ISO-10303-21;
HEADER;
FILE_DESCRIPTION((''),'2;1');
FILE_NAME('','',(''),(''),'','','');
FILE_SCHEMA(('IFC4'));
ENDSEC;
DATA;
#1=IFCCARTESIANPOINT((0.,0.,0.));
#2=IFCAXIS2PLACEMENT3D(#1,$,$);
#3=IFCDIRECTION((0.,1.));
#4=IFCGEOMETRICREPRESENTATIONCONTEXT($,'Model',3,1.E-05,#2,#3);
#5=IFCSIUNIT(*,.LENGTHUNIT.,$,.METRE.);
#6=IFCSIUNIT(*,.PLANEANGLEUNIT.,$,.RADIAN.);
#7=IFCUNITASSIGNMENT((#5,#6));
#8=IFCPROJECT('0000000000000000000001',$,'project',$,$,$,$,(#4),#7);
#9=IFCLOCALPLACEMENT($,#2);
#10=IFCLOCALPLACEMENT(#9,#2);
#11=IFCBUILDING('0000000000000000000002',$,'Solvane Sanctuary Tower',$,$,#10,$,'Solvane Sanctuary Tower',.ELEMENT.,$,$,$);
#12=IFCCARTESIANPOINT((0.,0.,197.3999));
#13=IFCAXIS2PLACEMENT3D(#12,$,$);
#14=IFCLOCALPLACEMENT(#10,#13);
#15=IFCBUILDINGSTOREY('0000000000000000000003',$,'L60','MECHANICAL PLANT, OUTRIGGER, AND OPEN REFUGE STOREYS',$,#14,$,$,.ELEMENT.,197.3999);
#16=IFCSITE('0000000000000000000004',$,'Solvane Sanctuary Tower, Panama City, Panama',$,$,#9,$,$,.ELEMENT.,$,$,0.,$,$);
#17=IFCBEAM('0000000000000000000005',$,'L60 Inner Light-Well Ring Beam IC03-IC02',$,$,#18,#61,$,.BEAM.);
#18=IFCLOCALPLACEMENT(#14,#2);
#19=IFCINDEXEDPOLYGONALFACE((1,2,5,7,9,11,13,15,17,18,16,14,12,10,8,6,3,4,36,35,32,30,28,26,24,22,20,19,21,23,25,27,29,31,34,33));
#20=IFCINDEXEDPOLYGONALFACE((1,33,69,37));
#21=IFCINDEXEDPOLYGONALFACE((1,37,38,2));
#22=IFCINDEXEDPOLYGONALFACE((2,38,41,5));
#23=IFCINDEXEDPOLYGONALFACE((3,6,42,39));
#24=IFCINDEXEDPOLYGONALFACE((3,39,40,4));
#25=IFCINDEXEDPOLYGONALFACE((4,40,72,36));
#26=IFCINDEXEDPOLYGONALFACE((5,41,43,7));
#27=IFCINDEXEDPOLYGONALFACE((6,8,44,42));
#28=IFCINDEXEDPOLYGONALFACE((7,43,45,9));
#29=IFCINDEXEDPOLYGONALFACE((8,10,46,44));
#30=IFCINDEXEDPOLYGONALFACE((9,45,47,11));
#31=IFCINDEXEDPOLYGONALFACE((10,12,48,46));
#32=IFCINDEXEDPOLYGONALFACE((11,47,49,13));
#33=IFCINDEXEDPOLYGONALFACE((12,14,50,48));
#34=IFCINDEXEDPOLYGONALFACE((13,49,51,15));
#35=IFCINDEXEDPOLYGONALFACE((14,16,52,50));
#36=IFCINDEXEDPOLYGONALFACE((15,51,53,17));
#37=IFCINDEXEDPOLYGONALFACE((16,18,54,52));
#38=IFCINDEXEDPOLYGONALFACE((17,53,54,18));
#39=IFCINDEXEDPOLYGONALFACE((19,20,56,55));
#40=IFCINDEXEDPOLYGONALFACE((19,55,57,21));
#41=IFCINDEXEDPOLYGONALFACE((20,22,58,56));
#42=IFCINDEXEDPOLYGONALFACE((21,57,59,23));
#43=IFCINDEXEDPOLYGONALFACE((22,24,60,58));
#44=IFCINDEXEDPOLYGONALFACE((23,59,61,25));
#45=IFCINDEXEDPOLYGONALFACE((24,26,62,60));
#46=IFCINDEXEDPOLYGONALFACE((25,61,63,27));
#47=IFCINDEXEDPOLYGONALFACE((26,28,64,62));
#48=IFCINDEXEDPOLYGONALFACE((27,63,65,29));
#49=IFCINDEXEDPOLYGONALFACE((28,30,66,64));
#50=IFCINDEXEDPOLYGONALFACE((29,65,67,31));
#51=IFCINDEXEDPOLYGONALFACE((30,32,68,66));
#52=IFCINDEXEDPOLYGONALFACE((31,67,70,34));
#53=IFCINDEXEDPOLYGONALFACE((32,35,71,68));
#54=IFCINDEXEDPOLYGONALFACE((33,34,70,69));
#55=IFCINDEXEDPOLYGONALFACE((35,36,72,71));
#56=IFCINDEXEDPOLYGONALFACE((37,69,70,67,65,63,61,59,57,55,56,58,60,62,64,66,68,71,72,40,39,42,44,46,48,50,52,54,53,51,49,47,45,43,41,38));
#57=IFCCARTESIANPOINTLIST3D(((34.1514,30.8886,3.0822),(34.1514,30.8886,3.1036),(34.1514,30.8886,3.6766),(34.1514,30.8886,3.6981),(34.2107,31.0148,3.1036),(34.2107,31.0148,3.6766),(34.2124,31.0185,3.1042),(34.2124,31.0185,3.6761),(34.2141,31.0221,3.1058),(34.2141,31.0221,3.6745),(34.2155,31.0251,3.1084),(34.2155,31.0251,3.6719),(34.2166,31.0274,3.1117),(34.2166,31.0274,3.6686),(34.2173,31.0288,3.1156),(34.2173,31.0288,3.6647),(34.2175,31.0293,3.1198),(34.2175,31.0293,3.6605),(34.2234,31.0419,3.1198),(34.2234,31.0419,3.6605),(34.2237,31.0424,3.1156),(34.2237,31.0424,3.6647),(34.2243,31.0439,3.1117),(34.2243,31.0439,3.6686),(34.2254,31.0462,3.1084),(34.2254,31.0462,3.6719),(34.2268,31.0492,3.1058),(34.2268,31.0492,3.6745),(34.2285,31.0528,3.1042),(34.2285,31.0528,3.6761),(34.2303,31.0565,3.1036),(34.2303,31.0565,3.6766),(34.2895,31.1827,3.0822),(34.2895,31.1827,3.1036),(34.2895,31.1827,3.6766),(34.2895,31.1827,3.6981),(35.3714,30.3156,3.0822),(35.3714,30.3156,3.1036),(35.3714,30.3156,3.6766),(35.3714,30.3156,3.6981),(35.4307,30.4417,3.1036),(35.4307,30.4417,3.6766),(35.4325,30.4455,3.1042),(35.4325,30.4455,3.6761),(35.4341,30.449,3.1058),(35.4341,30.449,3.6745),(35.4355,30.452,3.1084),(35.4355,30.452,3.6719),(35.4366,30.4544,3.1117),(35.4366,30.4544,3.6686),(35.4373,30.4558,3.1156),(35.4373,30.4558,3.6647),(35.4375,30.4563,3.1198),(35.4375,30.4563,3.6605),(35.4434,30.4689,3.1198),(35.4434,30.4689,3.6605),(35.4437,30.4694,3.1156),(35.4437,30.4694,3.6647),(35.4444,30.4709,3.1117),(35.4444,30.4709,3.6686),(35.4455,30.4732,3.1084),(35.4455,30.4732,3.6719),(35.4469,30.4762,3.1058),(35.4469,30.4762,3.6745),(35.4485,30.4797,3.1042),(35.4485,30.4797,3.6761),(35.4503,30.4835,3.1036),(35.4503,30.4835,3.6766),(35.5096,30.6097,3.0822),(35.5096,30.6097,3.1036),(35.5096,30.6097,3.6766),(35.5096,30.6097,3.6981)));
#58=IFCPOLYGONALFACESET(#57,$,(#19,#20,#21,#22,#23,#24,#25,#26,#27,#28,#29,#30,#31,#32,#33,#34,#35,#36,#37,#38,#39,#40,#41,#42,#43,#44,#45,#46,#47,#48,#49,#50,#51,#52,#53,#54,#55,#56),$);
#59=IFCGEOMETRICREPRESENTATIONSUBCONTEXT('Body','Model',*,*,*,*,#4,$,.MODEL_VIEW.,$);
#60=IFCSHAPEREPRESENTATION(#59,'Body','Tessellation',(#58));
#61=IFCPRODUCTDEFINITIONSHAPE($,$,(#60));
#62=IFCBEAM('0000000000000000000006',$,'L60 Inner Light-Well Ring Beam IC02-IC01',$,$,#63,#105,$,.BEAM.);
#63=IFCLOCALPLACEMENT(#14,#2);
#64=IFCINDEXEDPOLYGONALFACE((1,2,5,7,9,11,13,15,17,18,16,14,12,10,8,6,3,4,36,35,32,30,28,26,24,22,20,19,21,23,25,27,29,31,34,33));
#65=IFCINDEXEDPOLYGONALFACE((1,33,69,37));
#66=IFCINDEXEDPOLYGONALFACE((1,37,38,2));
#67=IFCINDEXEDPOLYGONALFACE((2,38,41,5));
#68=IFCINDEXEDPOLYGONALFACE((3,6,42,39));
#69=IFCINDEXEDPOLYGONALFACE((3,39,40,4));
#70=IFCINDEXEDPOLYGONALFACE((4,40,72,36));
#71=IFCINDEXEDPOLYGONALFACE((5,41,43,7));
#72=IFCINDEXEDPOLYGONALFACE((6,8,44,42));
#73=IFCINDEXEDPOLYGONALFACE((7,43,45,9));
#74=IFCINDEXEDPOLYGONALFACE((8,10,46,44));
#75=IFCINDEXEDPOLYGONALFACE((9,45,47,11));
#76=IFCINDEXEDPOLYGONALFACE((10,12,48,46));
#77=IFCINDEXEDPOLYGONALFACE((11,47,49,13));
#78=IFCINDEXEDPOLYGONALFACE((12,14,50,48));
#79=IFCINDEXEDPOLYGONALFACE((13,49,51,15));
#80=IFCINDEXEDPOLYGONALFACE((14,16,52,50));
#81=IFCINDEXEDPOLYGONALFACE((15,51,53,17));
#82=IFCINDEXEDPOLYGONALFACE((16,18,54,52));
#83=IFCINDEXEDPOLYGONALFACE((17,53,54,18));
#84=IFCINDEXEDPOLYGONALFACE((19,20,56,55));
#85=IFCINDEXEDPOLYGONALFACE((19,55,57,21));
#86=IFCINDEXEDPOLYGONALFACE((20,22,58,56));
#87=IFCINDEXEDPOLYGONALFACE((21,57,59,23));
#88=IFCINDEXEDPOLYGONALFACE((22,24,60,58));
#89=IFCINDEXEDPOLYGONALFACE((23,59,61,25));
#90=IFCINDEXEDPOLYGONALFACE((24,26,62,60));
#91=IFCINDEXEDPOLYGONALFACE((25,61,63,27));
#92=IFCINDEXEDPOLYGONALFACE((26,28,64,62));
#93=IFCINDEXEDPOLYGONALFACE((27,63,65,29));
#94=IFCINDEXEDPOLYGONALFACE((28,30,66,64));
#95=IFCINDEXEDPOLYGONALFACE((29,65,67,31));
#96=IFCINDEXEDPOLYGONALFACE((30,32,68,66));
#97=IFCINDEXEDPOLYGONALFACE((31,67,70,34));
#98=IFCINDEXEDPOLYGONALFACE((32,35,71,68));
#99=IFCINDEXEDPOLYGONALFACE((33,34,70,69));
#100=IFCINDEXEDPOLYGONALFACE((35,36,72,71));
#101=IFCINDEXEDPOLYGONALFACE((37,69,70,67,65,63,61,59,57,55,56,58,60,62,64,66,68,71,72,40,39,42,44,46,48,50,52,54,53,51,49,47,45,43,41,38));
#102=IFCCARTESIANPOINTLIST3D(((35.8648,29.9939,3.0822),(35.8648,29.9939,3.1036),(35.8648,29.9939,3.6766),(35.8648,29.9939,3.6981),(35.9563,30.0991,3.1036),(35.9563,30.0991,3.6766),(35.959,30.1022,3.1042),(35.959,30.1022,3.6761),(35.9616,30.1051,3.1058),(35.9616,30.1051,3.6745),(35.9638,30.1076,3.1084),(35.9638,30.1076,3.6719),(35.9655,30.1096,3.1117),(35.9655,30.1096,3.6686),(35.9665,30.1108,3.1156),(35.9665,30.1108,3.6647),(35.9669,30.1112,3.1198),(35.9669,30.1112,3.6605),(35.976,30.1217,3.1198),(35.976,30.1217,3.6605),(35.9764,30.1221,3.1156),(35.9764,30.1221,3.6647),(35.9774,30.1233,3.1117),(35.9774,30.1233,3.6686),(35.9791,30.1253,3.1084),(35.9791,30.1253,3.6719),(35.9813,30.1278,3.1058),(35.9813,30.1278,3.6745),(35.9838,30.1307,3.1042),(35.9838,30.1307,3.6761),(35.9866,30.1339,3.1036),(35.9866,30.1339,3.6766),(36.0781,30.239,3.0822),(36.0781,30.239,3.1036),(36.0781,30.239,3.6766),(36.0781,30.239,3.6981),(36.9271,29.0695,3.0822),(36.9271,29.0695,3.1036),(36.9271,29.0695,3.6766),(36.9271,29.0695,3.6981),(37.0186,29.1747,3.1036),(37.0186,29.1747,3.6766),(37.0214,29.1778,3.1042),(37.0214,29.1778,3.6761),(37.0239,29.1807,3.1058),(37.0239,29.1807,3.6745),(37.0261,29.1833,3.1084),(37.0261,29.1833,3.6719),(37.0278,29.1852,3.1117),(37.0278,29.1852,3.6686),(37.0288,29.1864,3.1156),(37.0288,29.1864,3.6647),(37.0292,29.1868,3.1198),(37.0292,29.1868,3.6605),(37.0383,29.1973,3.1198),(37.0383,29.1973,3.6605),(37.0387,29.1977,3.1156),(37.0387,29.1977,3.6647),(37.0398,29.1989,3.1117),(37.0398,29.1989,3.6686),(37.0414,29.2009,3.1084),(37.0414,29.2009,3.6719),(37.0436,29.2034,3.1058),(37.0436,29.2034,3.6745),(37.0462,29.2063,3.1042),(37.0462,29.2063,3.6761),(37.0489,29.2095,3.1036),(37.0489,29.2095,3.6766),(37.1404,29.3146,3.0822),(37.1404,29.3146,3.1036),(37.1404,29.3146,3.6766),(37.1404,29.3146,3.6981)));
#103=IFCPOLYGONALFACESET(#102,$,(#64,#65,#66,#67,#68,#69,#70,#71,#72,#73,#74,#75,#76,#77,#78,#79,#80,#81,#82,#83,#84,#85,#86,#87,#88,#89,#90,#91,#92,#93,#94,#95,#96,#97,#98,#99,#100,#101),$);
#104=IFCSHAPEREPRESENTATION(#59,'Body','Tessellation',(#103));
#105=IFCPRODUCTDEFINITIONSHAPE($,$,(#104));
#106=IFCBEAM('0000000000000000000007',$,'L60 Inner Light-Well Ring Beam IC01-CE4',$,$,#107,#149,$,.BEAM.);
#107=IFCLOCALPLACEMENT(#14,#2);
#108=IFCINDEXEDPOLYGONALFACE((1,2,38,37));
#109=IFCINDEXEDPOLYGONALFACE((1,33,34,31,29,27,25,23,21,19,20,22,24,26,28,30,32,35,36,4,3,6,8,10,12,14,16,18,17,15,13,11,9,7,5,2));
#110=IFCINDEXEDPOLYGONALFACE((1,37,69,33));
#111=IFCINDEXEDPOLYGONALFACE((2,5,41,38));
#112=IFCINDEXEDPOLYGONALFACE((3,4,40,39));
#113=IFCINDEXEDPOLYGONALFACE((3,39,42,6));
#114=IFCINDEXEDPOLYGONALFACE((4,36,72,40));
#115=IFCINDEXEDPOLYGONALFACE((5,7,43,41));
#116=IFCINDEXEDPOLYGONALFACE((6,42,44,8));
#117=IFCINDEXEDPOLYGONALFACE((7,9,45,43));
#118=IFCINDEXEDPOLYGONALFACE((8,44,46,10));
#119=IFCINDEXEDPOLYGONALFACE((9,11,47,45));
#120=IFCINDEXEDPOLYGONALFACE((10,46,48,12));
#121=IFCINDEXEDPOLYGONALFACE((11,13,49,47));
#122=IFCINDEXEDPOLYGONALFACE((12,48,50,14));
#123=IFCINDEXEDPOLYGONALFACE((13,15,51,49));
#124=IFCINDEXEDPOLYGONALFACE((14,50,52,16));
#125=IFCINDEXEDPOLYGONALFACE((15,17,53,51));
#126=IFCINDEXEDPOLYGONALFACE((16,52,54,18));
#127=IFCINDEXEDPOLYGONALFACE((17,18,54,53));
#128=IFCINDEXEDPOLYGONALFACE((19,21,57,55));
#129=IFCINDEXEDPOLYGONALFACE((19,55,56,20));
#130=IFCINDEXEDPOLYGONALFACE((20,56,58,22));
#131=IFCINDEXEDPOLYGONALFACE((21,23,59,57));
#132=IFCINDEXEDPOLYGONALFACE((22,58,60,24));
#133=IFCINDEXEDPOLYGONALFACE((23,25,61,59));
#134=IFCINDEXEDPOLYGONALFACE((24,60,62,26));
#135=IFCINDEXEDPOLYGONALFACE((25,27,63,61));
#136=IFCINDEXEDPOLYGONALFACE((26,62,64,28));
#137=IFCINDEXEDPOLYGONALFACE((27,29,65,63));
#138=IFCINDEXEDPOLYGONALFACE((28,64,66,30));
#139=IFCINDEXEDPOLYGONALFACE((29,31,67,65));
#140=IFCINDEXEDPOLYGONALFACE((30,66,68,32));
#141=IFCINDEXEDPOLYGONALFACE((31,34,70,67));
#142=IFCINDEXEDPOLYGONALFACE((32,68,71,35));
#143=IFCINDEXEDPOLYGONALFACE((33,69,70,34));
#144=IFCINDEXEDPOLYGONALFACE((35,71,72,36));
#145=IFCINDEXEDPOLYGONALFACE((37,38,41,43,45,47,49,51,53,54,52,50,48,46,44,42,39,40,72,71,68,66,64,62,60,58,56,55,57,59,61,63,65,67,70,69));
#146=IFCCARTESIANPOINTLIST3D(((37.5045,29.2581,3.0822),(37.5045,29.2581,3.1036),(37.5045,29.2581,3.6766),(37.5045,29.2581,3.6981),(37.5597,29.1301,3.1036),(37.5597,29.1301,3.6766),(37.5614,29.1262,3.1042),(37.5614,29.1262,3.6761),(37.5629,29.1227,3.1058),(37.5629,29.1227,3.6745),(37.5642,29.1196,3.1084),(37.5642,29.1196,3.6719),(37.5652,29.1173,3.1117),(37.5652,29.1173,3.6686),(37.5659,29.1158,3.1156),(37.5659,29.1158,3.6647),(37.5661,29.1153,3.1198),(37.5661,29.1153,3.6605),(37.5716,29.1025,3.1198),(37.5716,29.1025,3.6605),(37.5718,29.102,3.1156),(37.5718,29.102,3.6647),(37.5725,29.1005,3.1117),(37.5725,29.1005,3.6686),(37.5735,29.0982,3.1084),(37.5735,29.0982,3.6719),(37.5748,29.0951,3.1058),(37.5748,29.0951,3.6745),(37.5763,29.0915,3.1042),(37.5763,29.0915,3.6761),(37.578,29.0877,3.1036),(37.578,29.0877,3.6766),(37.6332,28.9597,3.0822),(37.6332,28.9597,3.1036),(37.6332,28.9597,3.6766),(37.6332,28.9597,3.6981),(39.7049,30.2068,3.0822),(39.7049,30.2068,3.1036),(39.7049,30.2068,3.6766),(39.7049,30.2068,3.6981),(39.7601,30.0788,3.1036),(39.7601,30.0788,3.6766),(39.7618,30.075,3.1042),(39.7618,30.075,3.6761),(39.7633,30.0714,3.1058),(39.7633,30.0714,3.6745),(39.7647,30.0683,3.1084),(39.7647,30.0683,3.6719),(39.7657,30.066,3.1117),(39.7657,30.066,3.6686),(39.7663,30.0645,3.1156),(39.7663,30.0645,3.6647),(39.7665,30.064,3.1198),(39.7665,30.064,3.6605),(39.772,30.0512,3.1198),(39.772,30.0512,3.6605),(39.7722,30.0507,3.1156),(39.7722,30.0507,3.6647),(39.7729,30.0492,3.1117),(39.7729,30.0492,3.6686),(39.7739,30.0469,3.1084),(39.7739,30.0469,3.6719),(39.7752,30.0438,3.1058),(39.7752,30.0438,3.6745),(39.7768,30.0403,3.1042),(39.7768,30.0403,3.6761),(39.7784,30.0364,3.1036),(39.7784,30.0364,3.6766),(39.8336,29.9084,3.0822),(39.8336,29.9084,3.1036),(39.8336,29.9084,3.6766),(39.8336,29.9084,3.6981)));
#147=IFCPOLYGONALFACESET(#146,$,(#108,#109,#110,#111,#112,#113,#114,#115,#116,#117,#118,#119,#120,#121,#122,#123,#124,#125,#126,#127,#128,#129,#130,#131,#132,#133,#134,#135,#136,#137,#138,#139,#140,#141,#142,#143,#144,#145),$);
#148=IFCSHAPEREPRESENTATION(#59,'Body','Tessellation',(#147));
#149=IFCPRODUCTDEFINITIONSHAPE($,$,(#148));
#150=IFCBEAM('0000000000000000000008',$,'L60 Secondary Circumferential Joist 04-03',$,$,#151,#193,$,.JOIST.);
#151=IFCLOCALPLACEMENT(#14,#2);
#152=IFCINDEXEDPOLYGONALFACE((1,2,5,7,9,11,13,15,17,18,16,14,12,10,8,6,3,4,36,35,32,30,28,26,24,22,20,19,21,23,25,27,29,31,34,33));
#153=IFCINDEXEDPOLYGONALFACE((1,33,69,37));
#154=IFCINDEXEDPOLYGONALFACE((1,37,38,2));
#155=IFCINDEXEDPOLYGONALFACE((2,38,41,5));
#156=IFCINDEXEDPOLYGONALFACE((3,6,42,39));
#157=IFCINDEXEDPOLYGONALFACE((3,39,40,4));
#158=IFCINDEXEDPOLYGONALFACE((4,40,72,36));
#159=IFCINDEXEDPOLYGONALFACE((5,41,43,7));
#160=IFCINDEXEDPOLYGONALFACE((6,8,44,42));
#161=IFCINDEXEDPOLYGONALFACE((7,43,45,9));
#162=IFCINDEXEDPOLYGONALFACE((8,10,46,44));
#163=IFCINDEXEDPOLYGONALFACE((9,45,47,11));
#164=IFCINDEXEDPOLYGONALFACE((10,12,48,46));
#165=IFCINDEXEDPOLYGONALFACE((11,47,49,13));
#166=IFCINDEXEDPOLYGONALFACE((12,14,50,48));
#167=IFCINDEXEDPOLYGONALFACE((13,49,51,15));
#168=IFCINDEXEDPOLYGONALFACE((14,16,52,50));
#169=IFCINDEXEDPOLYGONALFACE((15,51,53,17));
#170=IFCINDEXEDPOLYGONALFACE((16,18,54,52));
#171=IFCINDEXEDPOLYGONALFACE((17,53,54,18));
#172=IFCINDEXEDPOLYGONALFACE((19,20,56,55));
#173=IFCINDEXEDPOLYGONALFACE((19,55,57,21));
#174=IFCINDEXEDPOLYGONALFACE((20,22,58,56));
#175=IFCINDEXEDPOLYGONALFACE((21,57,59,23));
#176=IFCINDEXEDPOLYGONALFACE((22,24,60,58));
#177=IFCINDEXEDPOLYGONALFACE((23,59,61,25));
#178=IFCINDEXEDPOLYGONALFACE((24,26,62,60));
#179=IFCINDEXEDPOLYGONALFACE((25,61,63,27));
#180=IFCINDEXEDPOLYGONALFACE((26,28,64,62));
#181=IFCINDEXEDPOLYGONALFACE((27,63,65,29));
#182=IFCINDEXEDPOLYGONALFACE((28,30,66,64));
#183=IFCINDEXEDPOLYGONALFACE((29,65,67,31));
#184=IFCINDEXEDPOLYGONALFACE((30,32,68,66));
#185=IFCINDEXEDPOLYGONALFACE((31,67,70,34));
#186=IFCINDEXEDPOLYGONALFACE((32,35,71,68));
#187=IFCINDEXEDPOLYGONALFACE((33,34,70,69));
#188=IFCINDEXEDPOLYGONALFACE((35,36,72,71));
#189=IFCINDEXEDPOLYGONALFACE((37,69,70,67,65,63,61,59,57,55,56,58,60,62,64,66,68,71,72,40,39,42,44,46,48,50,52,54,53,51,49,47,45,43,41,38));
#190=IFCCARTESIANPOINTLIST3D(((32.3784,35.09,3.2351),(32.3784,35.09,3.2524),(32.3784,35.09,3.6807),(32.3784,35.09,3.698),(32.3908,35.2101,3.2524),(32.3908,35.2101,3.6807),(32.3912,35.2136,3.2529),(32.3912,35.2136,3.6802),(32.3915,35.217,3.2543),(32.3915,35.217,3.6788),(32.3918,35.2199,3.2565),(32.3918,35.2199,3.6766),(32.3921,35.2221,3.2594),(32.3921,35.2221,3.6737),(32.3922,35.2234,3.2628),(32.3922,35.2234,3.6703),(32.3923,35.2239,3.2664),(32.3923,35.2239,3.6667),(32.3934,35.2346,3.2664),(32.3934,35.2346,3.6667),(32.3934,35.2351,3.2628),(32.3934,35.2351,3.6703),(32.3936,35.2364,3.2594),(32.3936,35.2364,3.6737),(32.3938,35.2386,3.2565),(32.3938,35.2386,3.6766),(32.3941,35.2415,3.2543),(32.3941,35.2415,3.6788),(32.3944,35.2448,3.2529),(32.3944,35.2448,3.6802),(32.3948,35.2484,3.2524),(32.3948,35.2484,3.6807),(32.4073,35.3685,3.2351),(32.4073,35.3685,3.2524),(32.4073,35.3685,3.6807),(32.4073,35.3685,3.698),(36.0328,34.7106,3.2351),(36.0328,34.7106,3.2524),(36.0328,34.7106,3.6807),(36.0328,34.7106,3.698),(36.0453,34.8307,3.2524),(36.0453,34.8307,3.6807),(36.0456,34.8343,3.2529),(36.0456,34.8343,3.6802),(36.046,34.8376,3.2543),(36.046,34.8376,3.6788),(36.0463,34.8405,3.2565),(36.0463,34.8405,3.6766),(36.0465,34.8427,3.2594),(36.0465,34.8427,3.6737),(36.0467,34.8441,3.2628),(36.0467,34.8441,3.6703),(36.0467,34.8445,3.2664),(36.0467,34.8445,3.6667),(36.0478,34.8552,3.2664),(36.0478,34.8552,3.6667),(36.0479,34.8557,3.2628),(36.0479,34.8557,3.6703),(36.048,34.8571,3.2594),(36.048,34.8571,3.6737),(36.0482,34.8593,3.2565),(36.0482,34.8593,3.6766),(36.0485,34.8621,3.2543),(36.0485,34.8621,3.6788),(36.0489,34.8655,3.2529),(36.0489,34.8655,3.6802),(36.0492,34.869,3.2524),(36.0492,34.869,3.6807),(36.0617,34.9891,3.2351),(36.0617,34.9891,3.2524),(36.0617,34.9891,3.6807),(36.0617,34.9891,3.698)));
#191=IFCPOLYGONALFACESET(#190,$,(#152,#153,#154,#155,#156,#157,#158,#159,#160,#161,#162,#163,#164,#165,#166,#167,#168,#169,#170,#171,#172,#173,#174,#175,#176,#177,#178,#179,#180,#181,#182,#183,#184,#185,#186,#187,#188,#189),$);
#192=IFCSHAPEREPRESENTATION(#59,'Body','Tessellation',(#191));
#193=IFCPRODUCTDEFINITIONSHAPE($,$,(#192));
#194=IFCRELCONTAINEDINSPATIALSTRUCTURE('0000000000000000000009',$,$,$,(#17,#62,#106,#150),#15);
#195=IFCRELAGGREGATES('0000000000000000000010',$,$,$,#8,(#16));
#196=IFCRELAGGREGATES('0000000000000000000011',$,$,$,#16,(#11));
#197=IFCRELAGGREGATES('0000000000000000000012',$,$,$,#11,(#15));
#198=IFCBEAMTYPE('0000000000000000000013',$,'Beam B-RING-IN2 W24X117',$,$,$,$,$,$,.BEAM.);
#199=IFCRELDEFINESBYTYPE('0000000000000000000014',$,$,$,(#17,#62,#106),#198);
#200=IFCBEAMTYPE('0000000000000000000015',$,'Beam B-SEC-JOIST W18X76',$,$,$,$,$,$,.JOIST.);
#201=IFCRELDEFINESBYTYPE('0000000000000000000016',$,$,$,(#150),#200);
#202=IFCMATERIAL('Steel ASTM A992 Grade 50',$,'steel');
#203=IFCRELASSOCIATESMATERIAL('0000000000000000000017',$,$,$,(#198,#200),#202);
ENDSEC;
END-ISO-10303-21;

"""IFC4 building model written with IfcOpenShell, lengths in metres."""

from ifc_helpers import new_model, si_unit, direction, frame, origin, origin_2d, place, context, subcontext, project, spatial, i_section, extrude, material, material_profile, profile_set, type_object, element, save


model = new_model("IFC4")

# Units and contexts
model_context = context("Model", 3, precision=1e-05, world=origin(), true_north=direction((0.0, 1.0)))
body_context = subcontext(model_context, "Body", "Model", "MODEL_VIEW")
ifc_project = project(units=[si_unit("LENGTHUNIT", "METRE"), si_unit("PLANEANGLEUNIT", "RADIAN")], contexts=[model_context])

# Site, building, storey
site_placement = place(None, origin())
site = spatial("IfcSite", under=ifc_project, at=site_placement, Name="Solvane Sanctuary Tower, Panama City, Panama", CompositionType="ELEMENT", RefElevation=0.0)
building_placement = place(site_placement, origin())
building = spatial("IfcBuilding", under=site, at=building_placement, Name="Solvane Sanctuary Tower", LongName="Solvane Sanctuary Tower", CompositionType="ELEMENT")
storey_placement = place(building_placement, frame((0.0, 0.0, 197.3999)))
storey = spatial("IfcBuildingStorey", under=building, at=storey_placement, Name="L60", Description="MECHANICAL PLANT, OUTRIGGER, AND OPEN REFUGE STOREYS", CompositionType="ELEMENT", Elevation=197.3999)

# Beams
ifc_material_1 = material(Name="Steel ASTM A992 Grade 50", Category="steel")
ifc_material_profile_1 = material_profile(ifc_material_1, i_section(OverallWidth=0.325, OverallDepth=0.616, WebThickness=0.0139, FlangeThickness=0.0215, FilletRadius=0.0161, at=origin_2d()), Name="W24X117")
ifc_profile_set_1 = profile_set([ifc_material_profile_1], Name="Steel ASTM A992 Grade 50")
beam_type_1 = type_object("IfcBeamType", Name="Beam B-RING-IN2 W24X117", PredefinedType="BEAM", material=ifc_profile_set_1)
beam_1_placement = place(storey_placement, frame((34.2205, 31.0356, 3.3901), z_axis=(0.905135, -0.425125, 0.0), x_axis=(0.425125, 0.905135, 0.0)))
element("IfcBeam", 1, at=beam_1_placement, inside=storey, type_object=beam_type_1, Name="L60 Inner Light-Well Ring Beam IC03-IC02", PredefinedType="BEAM", context=body_context, shape_type="SweptSolid", body=[
    extrude(i_section(OverallWidth=0.325, OverallDepth=0.616, WebThickness=0.0139, FlangeThickness=0.0215, FilletRadius=0.0161, at=origin_2d()), origin(), (0.0, 0.0, 1.0), 1.3479),
])
beam_2_placement = place(storey_placement, frame((35.9714, 30.1165, 3.3901), z_axis=(0.754389, -0.656428, 0.0), x_axis=(0.656428, 0.754389, 0.0)))
element("IfcBeam", 2, at=beam_2_placement, inside=storey, type_object=beam_type_1, Name="L60 Inner Light-Well Ring Beam IC02-IC01", PredefinedType="BEAM", context=body_context, shape_type="SweptSolid", body=[
    extrude(i_section(OverallWidth=0.325, OverallDepth=0.616, WebThickness=0.0139, FlangeThickness=0.0215, FilletRadius=0.0161, at=origin_2d()), origin(), (0.0, 0.0, 1.0), 1.4082),
])
beam_3_placement = place(storey_placement, frame((37.5688, 29.1089, 3.3901), z_axis=(0.918284, 0.395923, 0.0), x_axis=(-0.395923, 0.918284, 0.0)))
element("IfcBeam", 3, at=beam_3_placement, inside=storey, type_object=beam_type_1, Name="L60 Inner Light-Well Ring Beam IC01-CE4", PredefinedType="BEAM", context=body_context, shape_type="SweptSolid", body=[
    extrude(i_section(OverallWidth=0.325, OverallDepth=0.616, WebThickness=0.0139, FlangeThickness=0.0215, FilletRadius=0.0161, at=origin_2d()), origin(), (0.0, 0.0, 1.0), 2.3962),
])
ifc_material_profile_2 = material_profile(ifc_material_1, i_section(OverallWidth=0.28, OverallDepth=0.4629, WebThickness=0.0107, FlangeThickness=0.0173, FilletRadius=0.0139, at=origin_2d()), Name="W18X76")
ifc_profile_set_2 = profile_set([ifc_material_profile_2], Name="Steel ASTM A992 Grade 50")
beam_type_2 = type_object("IfcBeamType", Name="Beam B-SEC-JOIST W18X76", PredefinedType="JOIST", material=ifc_profile_set_2)
beam_4_placement = place(storey_placement, frame((32.3928, 35.2292, 3.4666), z_axis=(0.994654, -0.10326, 0.0), x_axis=(0.10326, 0.994654, 0.0)))
element("IfcBeam", 4, at=beam_4_placement, inside=storey, type_object=beam_type_2, Name="L60 Secondary Circumferential Joist 04-03", PredefinedType="JOIST", context=body_context, shape_type="SweptSolid", body=[
    extrude(i_section(OverallWidth=0.28, OverallDepth=0.4629, WebThickness=0.0107, FlangeThickness=0.0173, FilletRadius=0.0139, at=origin_2d()), origin(), (0.0, 0.0, 1.0), 3.6741),
])

save(model, "model.ifc")
